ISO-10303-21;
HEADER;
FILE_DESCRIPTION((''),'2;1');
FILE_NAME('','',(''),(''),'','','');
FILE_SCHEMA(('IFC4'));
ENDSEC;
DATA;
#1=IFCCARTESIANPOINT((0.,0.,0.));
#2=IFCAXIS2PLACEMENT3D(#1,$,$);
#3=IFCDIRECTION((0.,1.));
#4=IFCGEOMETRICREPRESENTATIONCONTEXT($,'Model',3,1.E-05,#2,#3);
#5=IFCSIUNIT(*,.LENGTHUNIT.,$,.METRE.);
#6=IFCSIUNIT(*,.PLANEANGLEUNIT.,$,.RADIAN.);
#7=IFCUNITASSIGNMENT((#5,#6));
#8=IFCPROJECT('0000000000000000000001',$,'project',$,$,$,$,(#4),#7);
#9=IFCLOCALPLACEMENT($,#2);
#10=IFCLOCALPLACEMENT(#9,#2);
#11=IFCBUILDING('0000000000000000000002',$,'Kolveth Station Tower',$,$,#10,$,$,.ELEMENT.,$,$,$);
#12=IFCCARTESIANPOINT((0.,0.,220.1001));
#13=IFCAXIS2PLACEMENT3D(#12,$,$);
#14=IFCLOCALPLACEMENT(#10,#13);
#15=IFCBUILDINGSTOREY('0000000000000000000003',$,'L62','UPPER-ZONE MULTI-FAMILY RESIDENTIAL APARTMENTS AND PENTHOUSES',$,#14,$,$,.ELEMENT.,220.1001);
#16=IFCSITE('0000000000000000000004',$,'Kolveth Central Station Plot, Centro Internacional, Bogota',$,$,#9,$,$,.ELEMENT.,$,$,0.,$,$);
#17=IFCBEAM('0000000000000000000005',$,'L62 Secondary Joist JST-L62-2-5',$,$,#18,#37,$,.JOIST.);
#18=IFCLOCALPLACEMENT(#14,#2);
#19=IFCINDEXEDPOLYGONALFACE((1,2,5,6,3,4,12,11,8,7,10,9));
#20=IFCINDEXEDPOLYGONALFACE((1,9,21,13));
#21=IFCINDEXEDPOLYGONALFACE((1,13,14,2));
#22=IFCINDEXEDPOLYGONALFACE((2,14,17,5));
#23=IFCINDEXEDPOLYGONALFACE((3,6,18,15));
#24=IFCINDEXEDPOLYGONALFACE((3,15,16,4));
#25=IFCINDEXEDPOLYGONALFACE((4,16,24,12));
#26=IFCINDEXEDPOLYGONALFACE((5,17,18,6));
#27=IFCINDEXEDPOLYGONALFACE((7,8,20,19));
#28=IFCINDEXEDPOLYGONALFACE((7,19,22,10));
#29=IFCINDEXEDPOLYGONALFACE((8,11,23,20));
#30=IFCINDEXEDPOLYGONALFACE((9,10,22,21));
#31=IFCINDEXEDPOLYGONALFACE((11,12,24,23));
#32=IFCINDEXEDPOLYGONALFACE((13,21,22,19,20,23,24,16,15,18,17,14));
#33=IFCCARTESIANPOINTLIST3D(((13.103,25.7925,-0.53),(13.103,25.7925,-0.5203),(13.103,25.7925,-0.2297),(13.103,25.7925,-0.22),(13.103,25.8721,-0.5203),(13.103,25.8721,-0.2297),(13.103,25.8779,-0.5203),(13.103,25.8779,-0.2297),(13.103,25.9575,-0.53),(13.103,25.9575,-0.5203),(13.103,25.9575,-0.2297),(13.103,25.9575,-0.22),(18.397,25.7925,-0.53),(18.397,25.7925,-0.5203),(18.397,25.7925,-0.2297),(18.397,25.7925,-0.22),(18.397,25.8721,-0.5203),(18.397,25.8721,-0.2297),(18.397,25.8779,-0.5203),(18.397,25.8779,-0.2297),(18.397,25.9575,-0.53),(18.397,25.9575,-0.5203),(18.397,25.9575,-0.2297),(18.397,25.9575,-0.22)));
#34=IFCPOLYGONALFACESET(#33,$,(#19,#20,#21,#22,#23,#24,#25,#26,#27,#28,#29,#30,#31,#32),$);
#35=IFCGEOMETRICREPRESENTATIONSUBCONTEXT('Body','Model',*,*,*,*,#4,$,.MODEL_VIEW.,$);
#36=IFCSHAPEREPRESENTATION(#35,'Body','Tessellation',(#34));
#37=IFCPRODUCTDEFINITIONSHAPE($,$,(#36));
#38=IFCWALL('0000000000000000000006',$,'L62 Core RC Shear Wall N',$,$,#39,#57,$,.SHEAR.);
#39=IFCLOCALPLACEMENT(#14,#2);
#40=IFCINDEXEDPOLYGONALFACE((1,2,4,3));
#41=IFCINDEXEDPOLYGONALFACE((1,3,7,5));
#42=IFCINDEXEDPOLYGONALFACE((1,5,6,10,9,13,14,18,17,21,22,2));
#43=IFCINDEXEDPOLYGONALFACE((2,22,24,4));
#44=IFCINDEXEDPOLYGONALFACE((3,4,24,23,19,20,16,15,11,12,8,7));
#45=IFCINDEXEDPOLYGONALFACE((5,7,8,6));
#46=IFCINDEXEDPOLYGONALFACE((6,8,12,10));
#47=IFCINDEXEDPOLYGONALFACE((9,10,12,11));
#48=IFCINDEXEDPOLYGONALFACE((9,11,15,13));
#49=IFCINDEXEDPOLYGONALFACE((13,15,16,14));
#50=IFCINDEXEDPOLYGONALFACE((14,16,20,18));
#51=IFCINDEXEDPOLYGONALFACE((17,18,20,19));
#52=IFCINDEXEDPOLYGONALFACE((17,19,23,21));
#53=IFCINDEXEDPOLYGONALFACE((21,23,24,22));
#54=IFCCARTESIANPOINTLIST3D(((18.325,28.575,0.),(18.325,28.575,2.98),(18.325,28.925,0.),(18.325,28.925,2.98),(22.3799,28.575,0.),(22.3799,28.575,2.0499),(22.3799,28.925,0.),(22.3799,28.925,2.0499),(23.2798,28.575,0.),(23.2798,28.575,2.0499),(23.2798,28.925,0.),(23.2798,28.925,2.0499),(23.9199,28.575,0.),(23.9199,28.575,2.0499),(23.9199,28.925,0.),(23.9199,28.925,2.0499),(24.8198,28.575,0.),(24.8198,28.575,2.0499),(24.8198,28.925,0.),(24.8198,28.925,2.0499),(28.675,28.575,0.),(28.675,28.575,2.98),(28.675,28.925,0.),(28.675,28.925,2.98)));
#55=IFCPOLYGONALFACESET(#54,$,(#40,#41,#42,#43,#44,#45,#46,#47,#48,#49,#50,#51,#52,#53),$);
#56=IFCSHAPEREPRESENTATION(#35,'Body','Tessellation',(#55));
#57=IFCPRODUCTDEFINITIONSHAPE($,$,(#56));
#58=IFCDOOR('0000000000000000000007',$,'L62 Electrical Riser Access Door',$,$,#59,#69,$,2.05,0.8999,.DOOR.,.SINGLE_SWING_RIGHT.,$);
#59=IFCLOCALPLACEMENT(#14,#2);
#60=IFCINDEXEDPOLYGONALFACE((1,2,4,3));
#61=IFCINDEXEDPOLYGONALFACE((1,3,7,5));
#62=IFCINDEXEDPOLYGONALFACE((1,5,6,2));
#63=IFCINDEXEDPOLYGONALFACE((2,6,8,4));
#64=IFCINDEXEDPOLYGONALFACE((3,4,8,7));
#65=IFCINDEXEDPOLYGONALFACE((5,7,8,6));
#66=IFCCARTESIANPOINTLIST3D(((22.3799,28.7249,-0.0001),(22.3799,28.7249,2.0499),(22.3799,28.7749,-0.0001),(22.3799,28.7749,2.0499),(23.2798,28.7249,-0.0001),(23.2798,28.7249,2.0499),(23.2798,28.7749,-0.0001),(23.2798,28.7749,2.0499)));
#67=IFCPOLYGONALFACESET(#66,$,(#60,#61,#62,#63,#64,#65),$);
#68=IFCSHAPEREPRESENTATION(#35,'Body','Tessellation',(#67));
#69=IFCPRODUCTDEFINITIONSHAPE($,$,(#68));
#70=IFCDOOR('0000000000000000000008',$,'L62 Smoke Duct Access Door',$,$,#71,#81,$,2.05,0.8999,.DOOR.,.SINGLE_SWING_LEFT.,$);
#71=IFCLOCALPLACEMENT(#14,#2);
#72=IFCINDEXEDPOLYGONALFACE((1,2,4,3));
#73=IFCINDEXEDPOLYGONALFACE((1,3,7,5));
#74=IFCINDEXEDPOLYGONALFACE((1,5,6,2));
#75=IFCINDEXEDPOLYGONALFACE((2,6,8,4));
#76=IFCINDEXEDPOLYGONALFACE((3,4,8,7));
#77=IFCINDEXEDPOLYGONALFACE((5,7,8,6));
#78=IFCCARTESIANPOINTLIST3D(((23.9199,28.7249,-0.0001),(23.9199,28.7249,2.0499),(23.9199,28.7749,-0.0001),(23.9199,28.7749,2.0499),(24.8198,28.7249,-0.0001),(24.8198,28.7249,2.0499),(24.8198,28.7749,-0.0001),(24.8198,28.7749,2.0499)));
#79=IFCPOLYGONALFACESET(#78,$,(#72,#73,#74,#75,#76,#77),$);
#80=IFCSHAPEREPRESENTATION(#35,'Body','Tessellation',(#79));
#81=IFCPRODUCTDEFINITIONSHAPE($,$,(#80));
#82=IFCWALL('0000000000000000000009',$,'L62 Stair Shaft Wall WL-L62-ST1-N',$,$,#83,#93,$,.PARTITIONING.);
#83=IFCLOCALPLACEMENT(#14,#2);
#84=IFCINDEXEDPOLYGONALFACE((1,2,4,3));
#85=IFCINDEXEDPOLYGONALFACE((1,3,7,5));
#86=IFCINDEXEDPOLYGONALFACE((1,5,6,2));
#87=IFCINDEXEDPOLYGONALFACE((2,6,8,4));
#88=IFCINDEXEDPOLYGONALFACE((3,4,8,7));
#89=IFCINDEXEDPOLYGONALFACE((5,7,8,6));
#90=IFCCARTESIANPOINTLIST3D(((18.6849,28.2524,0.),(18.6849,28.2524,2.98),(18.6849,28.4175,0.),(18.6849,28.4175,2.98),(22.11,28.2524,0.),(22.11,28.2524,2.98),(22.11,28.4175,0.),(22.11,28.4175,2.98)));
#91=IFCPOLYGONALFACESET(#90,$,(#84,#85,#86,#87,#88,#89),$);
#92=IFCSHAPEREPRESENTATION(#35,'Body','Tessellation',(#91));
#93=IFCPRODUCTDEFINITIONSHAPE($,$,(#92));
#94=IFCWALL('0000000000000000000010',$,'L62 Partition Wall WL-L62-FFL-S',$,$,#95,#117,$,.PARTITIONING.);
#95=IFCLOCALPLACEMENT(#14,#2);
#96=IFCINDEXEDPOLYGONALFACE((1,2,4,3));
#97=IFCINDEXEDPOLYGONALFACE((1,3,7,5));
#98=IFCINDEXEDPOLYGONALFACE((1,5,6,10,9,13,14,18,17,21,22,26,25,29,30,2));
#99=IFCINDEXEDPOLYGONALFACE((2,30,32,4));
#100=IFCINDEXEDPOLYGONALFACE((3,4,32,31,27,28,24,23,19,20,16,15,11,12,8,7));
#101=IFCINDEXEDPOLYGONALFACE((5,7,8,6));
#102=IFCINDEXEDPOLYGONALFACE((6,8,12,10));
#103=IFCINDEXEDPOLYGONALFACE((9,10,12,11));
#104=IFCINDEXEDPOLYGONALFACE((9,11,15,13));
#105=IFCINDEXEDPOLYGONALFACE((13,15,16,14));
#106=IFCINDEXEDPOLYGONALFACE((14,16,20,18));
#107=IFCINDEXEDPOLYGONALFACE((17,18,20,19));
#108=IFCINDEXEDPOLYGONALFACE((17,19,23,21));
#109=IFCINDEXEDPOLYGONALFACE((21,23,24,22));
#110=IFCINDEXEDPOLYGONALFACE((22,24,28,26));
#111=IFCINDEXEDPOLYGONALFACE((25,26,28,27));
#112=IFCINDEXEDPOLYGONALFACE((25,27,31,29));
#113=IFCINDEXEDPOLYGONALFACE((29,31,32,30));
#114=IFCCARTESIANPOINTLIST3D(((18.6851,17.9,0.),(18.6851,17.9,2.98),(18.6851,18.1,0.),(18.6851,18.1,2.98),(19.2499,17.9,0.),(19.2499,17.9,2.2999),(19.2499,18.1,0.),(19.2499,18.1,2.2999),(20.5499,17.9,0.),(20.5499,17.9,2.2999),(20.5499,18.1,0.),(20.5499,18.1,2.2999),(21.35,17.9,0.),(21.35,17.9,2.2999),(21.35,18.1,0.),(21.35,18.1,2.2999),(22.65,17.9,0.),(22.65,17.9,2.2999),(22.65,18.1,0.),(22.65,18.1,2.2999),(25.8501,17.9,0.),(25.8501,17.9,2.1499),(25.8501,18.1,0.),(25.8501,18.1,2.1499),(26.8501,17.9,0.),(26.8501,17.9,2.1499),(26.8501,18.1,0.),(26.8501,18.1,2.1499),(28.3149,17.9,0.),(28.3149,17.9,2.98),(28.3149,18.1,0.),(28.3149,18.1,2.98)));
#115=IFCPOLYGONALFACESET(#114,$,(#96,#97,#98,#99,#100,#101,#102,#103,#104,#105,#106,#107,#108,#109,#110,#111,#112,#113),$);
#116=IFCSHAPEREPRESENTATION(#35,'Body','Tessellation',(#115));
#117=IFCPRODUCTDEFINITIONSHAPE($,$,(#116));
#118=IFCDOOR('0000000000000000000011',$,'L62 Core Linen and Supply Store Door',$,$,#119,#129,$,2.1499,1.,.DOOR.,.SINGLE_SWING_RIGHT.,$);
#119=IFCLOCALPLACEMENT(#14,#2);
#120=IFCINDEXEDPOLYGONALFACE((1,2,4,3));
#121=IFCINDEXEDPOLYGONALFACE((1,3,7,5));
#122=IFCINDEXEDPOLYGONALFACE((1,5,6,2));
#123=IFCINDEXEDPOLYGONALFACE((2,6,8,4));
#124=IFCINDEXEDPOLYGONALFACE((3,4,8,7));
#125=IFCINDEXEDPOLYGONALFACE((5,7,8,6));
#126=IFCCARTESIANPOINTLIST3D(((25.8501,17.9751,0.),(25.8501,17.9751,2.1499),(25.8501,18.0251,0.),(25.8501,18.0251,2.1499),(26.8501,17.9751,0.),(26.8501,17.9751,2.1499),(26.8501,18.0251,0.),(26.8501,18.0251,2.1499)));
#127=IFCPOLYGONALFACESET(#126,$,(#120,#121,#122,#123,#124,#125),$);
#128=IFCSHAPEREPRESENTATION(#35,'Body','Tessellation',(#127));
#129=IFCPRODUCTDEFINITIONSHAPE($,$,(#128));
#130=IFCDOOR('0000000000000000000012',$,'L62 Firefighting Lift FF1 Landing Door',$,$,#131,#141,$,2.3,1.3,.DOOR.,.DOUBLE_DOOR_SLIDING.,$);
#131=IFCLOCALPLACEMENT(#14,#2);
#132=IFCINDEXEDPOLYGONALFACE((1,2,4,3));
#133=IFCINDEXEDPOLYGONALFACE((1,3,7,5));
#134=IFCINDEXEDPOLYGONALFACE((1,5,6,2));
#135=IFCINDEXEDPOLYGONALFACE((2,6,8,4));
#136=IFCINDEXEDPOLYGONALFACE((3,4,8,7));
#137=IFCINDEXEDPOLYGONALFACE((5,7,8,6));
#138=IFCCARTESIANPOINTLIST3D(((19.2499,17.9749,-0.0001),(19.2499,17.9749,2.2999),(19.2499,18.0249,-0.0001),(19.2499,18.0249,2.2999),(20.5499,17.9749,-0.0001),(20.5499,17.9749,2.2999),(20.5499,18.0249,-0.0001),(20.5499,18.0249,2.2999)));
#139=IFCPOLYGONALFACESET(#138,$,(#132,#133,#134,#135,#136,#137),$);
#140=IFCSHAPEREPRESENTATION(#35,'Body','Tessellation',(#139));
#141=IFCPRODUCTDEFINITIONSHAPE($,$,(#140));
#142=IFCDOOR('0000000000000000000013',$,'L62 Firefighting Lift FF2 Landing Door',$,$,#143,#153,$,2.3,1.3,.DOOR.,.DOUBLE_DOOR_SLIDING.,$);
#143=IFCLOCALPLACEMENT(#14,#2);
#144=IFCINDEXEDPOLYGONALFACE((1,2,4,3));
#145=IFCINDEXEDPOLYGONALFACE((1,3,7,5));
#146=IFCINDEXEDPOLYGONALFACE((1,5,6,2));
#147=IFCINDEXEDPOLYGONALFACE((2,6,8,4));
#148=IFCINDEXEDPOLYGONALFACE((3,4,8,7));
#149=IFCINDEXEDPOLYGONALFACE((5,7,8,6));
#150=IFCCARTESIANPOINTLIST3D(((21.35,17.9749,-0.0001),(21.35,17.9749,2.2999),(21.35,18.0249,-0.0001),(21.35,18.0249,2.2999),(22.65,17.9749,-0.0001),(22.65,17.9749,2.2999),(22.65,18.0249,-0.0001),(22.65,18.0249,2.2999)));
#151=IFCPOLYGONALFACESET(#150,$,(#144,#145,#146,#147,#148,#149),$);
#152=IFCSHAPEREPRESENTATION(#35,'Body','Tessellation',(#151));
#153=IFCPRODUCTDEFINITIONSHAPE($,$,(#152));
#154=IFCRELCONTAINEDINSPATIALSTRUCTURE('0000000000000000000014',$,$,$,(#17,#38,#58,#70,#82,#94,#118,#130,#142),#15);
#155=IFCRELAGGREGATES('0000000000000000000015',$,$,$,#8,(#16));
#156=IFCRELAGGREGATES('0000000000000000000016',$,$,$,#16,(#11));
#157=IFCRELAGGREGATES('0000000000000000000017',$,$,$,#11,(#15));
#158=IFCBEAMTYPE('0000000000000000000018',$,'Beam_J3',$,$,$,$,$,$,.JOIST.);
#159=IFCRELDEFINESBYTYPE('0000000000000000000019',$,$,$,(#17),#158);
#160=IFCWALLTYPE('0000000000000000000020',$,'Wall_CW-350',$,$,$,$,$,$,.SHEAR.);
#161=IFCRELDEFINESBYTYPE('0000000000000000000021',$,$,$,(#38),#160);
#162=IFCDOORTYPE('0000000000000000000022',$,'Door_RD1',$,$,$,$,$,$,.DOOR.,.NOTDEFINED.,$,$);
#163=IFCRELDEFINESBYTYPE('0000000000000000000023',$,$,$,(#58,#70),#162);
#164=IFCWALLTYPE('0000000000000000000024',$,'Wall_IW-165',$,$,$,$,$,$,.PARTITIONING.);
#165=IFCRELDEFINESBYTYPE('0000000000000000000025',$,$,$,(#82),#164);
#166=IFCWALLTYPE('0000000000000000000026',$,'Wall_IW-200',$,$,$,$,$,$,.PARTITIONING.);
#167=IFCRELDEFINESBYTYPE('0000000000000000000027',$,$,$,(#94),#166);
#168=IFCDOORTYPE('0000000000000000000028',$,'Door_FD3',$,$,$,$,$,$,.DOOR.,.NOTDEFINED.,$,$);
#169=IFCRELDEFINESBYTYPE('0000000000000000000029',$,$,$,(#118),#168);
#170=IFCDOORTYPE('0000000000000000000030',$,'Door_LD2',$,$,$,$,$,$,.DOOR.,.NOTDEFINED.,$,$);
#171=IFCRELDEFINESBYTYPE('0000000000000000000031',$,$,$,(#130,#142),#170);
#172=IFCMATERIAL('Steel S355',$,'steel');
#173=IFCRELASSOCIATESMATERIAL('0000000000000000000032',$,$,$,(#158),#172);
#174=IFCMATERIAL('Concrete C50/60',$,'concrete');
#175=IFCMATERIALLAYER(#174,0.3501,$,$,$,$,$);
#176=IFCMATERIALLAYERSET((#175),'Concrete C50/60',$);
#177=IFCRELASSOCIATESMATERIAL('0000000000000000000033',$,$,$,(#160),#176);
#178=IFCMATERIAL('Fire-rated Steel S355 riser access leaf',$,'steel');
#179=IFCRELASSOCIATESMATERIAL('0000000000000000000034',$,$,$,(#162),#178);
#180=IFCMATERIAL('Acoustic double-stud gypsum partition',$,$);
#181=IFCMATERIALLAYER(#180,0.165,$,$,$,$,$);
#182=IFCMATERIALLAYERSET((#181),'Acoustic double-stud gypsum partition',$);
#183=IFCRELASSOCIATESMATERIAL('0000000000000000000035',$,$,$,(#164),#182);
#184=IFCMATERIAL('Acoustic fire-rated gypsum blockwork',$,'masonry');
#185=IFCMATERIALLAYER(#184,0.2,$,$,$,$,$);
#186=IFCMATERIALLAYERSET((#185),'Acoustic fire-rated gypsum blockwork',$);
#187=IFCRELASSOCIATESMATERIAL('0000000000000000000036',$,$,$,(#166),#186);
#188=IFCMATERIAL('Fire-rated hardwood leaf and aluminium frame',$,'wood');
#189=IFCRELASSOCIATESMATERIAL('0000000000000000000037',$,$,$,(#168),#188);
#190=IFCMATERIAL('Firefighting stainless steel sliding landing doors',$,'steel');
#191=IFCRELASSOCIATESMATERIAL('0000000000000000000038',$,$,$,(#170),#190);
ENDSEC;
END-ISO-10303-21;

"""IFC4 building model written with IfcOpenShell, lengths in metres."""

from ifc_helpers import new_model, si_unit, direction, frame, frame_2d, origin, origin_2d, place, context, subcontext, project, spatial, rectangle, i_section, extrude, source, transform, mapped, material, layer, layer_set, material_profile, profile_set, type_object, element, fill, save


model = new_model("IFC4")

# Units and contexts
model_context = context("Model", 3, precision=1e-05, world=origin(), true_north=direction((0.0, 1.0)))
body_context = subcontext(model_context, "Body", "Model", "MODEL_VIEW")
ifc_project = project(units=[si_unit("LENGTHUNIT", "METRE"), si_unit("PLANEANGLEUNIT", "RADIAN")], contexts=[model_context])

# Site, building, storey
site_placement = place(None, origin())
site = spatial("IfcSite", under=ifc_project, at=site_placement, Name="Kolveth Central Station Plot, Centro Internacional, Bogota", CompositionType="ELEMENT", RefElevation=0.0)
building_placement = place(site_placement, origin())
building = spatial("IfcBuilding", under=site, at=building_placement, Name="Kolveth Station Tower", CompositionType="ELEMENT")
storey_placement = place(building_placement, frame((0.0, 0.0, 220.1001)))
storey = spatial("IfcBuildingStorey", under=building, at=storey_placement, Name="L62", Description="UPPER-ZONE MULTI-FAMILY RESIDENTIAL APARTMENTS AND PENTHOUSES", CompositionType="ELEMENT", Elevation=220.1001)

# Shared definitions
ifc_material_1 = material(Name="Steel S355", Category="steel")

# Beam
ifc_material_profile_1 = material_profile(ifc_material_1, i_section(OverallWidth=0.165, OverallDepth=0.3101, WebThickness=0.0059, FlangeThickness=0.0098, at=origin_2d()), Name="W310x39")
ifc_profile_set_1 = profile_set([ifc_material_profile_1], Name="Steel S355")
beam_type_1 = type_object("IfcBeamType", Name="Beam_J3", PredefinedType="JOIST", material=ifc_profile_set_1)
shared_shape_1 = source(origin(), body_context, "Body", "SweptSolid", [
    extrude(i_section(OverallWidth=0.165, OverallDepth=0.3101, WebThickness=0.0059, FlangeThickness=0.0098, at=origin_2d()), origin(), (0.0, 0.0, 1.0), 5.2939),
])
for number, where, z_axis, x_axis, name in (
    (1, (13.103, 25.875, -0.375), (1.0, 0.0, 0.0), (0.0, 1.0, 0.0), "L62 Secondary Joist JST-L62-2-5"),
):
    element("IfcBeam", number, at=place(storey_placement, frame(where, z_axis=z_axis, x_axis=x_axis)), inside=storey, type_object=beam_type_1, Name=name, PredefinedType="JOIST", context=body_context, shape_type="MappedRepresentation", body=[
        mapped(shared_shape_1, transform((0.0, 0.0, 0.0), x_axis=(1.0, 0.0, 0.0), y_axis=(0.0, 1.0, 0.0), z_axis=(0.0, 0.0, 1.0), scale=1.0)),
    ])

# Wall, openings, doors
ifc_material_2 = material(Name="Concrete C50/60", Category="concrete")
ifc_layer_1 = layer(ifc_material_2, 0.3501)
ifc_layer_set_1 = layer_set([ifc_layer_1], Name="Concrete C50/60")
wall_type_1 = type_object("IfcWallType", Name="Wall_CW-350", PredefinedType="SHEAR", material=ifc_layer_set_1)
wall_1_placement = place(storey_placement, frame((18.325, 28.75, 0.0), z_axis=(0.0, 0.0, 1.0), x_axis=(1.0, 0.0, 0.0)))
wall_1 = element("IfcWall", 2, at=wall_1_placement, inside=storey, type_object=wall_type_1, Name="L62 Core RC Shear Wall N", PredefinedType="SHEAR", context=body_context, shape_type="SweptSolid", body=[
    extrude(rectangle(XDim=10.3501, YDim=0.3501, at=frame_2d((5.175, 0.0))), origin(), (0.0, 0.0, 1.0), 2.98),
])
opening_1_placement = place(wall_1_placement, frame((4.0549, 0.0, 0.0)))
opening_1 = element("IfcOpeningElement", 3, at=opening_1_placement, cuts=wall_1, PredefinedType="OPENING", context=body_context, shape_type="SweptSolid", body=[
    extrude(rectangle(XDim=0.8999, YDim=2.05, at=frame_2d((0.45, 1.0249))), frame((0.0, 0.1851, 0.0), z_axis=(0.0, -1.0, 0.0), x_axis=(1.0, 0.0, 0.0)), (0.0, 0.0, 1.0), 0.3701),
])
opening_2_placement = place(wall_1_placement, frame((5.595, 0.0, 0.0)))
opening_2 = element("IfcOpeningElement", 4, at=opening_2_placement, cuts=wall_1, PredefinedType="OPENING", context=body_context, shape_type="SweptSolid", body=[
    extrude(rectangle(XDim=0.8999, YDim=2.05, at=frame_2d((0.45, 1.0249))), frame((0.0, 0.1851, 0.0), z_axis=(0.0, -1.0, 0.0), x_axis=(1.0, 0.0, 0.0)), (0.0, 0.0, 1.0), 0.3701),
])
ifc_material_3 = material(Name="Fire-rated Steel S355 riser access leaf", Category="steel")
door_type_1 = type_object("IfcDoorType", Name="Door_RD1", OperationType="NOTDEFINED", PredefinedType="DOOR", material=ifc_material_3)
door_1_placement = place(opening_1_placement, origin())
door_1 = element("IfcDoor", 5, at=door_1_placement, inside=storey, type_object=door_type_1, Name="L62 Electrical Riser Access Door", OperationType="SINGLE_SWING_RIGHT", OverallHeight=2.05, OverallWidth=0.8999, PredefinedType="DOOR", context=body_context, shape_type="SweptSolid", body=[
    extrude(rectangle(XDim=0.8999, YDim=2.05, at=frame_2d((0.45, 1.0249))), frame((0.0, 0.0249, 0.0), z_axis=(0.0, -1.0, 0.0), x_axis=(1.0, 0.0, 0.0)), (0.0, 0.0, 1.0), 0.05),
])
fill(opening_1, door_1)
door_2_placement = place(opening_2_placement, origin())
door_2 = element("IfcDoor", 6, at=door_2_placement, inside=storey, type_object=door_type_1, Name="L62 Smoke Duct Access Door", OperationType="SINGLE_SWING_LEFT", OverallHeight=2.05, OverallWidth=0.8999, PredefinedType="DOOR", context=body_context, shape_type="SweptSolid", body=[
    extrude(rectangle(XDim=0.8999, YDim=2.05, at=frame_2d((0.45, 1.0249))), frame((0.0, 0.0249, 0.0), z_axis=(0.0, -1.0, 0.0), x_axis=(1.0, 0.0, 0.0)), (0.0, 0.0, 1.0), 0.05),
])
fill(opening_2, door_2)

# Wall
ifc_material_4 = material(Name="Acoustic double-stud gypsum partition")
ifc_layer_2 = layer(ifc_material_4, 0.165)
ifc_layer_set_2 = layer_set([ifc_layer_2], Name="Acoustic double-stud gypsum partition")
wall_type_2 = type_object("IfcWallType", Name="Wall_IW-165", PredefinedType="PARTITIONING", material=ifc_layer_set_2)
wall_2_placement = place(storey_placement, frame((18.6851, 28.335, 0.0), z_axis=(0.0, 0.0, 1.0), x_axis=(1.0, 0.0, 0.0)))
element("IfcWall", 7, at=wall_2_placement, inside=storey, type_object=wall_type_2, Name="L62 Stair Shaft Wall WL-L62-ST1-N", PredefinedType="PARTITIONING", context=body_context, shape_type="SweptSolid", body=[
    extrude(rectangle(XDim=3.425, YDim=0.165, at=frame_2d((1.7124, 0.0))), origin(), (0.0, 0.0, 1.0), 2.98),
])

# Wall, openings, doors
ifc_material_5 = material(Name="Acoustic fire-rated gypsum blockwork", Category="masonry")
ifc_layer_3 = layer(ifc_material_5, 0.2)
ifc_layer_set_3 = layer_set([ifc_layer_3], Name="Acoustic fire-rated gypsum blockwork")
wall_type_3 = type_object("IfcWallType", Name="Wall_IW-200", PredefinedType="PARTITIONING", material=ifc_layer_set_3)
wall_3_placement = place(storey_placement, frame((18.6851, 18.0, 0.0), z_axis=(0.0, 0.0, 1.0), x_axis=(1.0, 0.0, 0.0)))
wall_3 = element("IfcWall", 8, at=wall_3_placement, inside=storey, type_object=wall_type_3, Name="L62 Partition Wall WL-L62-FFL-S", PredefinedType="PARTITIONING", context=body_context, shape_type="SweptSolid", body=[
    extrude(rectangle(XDim=9.6299, YDim=0.2, at=frame_2d((4.8149, 0.0))), origin(), (0.0, 0.0, 1.0), 2.98),
])
opening_3_placement = place(wall_3_placement, frame((0.5649, 0.0, 0.0)))
opening_3 = element("IfcOpeningElement", 9, at=opening_3_placement, cuts=wall_3, PredefinedType="OPENING", context=body_context, shape_type="SweptSolid", body=[
    extrude(rectangle(XDim=1.3, YDim=2.3, at=frame_2d((0.6499, 1.1499))), frame((0.0, 0.1099, 0.0), z_axis=(0.0, -1.0, 0.0), x_axis=(1.0, 0.0, 0.0)), (0.0, 0.0, 1.0), 0.22),
])
opening_4_placement = place(wall_3_placement, frame((2.665, 0.0, 0.0)))
opening_4 = element("IfcOpeningElement", 10, at=opening_4_placement, cuts=wall_3, PredefinedType="OPENING", context=body_context, shape_type="SweptSolid", body=[
    extrude(rectangle(XDim=1.3, YDim=2.3, at=frame_2d((0.6499, 1.1499))), frame((0.0, 0.1099, 0.0), z_axis=(0.0, -1.0, 0.0), x_axis=(1.0, 0.0, 0.0)), (0.0, 0.0, 1.0), 0.22),
])
opening_5_placement = place(wall_3_placement, frame((7.165, 0.0, 0.0)))
opening_5 = element("IfcOpeningElement", 11, at=opening_5_placement, cuts=wall_3, PredefinedType="OPENING", context=body_context, shape_type="SweptSolid", body=[
    extrude(rectangle(XDim=1.0, YDim=2.1499, at=frame_2d((0.5, 1.075))), frame((0.0, 0.1099, 0.0), z_axis=(0.0, -1.0, 0.0), x_axis=(1.0, 0.0, 0.0)), (0.0, 0.0, 1.0), 0.22),
])
ifc_material_6 = material(Name="Fire-rated hardwood leaf and aluminium frame", Category="wood")
door_type_2 = type_object("IfcDoorType", Name="Door_FD3", OperationType="NOTDEFINED", PredefinedType="DOOR", material=ifc_material_6)
door_3_placement = place(opening_5_placement, frame((1.0, 0.0, 0.0), z_axis=(0.0, 0.0, 1.0), x_axis=(-1.0, 0.0, 0.0)))
door_3 = element("IfcDoor", 12, at=door_3_placement, inside=storey, type_object=door_type_2, Name="L62 Core Linen and Supply Store Door", OperationType="SINGLE_SWING_RIGHT", OverallHeight=2.1499, OverallWidth=1.0, PredefinedType="DOOR", context=body_context, shape_type="SweptSolid", body=[
    extrude(rectangle(XDim=1.0, YDim=2.1499, at=frame_2d((0.5, 1.075))), frame((0.0, 0.0249, 0.0), z_axis=(0.0, -1.0, 0.0), x_axis=(1.0, 0.0, 0.0)), (0.0, 0.0, 1.0), 0.05),
])
fill(opening_5, door_3)
ifc_material_7 = material(Name="Firefighting stainless steel sliding landing doors", Category="steel")
door_type_3 = type_object("IfcDoorType", Name="Door_LD2", OperationType="NOTDEFINED", PredefinedType="DOOR", material=ifc_material_7)
door_4_placement = place(opening_3_placement, origin())
door_4 = element("IfcDoor", 13, at=door_4_placement, inside=storey, type_object=door_type_3, Name="L62 Firefighting Lift FF1 Landing Door", OperationType="DOUBLE_DOOR_SLIDING", OverallHeight=2.3, OverallWidth=1.3, PredefinedType="DOOR", context=body_context, shape_type="SweptSolid", body=[
    extrude(rectangle(XDim=1.3, YDim=2.3, at=frame_2d((0.6499, 1.1499))), frame((0.0, 0.0249, 0.0), z_axis=(0.0, -1.0, 0.0), x_axis=(1.0, 0.0, 0.0)), (0.0, 0.0, 1.0), 0.05),
])
fill(opening_3, door_4)
door_5_placement = place(opening_4_placement, origin())
door_5 = element("IfcDoor", 14, at=door_5_placement, inside=storey, type_object=door_type_3, Name="L62 Firefighting Lift FF2 Landing Door", OperationType="DOUBLE_DOOR_SLIDING", OverallHeight=2.3, OverallWidth=1.3, PredefinedType="DOOR", context=body_context, shape_type="SweptSolid", body=[
    extrude(rectangle(XDim=1.3, YDim=2.3, at=frame_2d((0.6499, 1.1499))), frame((0.0, 0.0249, 0.0), z_axis=(0.0, -1.0, 0.0), x_axis=(1.0, 0.0, 0.0)), (0.0, 0.0, 1.0), 0.05),
])
fill(opening_4, door_5)

save(model, "model.ifc")
